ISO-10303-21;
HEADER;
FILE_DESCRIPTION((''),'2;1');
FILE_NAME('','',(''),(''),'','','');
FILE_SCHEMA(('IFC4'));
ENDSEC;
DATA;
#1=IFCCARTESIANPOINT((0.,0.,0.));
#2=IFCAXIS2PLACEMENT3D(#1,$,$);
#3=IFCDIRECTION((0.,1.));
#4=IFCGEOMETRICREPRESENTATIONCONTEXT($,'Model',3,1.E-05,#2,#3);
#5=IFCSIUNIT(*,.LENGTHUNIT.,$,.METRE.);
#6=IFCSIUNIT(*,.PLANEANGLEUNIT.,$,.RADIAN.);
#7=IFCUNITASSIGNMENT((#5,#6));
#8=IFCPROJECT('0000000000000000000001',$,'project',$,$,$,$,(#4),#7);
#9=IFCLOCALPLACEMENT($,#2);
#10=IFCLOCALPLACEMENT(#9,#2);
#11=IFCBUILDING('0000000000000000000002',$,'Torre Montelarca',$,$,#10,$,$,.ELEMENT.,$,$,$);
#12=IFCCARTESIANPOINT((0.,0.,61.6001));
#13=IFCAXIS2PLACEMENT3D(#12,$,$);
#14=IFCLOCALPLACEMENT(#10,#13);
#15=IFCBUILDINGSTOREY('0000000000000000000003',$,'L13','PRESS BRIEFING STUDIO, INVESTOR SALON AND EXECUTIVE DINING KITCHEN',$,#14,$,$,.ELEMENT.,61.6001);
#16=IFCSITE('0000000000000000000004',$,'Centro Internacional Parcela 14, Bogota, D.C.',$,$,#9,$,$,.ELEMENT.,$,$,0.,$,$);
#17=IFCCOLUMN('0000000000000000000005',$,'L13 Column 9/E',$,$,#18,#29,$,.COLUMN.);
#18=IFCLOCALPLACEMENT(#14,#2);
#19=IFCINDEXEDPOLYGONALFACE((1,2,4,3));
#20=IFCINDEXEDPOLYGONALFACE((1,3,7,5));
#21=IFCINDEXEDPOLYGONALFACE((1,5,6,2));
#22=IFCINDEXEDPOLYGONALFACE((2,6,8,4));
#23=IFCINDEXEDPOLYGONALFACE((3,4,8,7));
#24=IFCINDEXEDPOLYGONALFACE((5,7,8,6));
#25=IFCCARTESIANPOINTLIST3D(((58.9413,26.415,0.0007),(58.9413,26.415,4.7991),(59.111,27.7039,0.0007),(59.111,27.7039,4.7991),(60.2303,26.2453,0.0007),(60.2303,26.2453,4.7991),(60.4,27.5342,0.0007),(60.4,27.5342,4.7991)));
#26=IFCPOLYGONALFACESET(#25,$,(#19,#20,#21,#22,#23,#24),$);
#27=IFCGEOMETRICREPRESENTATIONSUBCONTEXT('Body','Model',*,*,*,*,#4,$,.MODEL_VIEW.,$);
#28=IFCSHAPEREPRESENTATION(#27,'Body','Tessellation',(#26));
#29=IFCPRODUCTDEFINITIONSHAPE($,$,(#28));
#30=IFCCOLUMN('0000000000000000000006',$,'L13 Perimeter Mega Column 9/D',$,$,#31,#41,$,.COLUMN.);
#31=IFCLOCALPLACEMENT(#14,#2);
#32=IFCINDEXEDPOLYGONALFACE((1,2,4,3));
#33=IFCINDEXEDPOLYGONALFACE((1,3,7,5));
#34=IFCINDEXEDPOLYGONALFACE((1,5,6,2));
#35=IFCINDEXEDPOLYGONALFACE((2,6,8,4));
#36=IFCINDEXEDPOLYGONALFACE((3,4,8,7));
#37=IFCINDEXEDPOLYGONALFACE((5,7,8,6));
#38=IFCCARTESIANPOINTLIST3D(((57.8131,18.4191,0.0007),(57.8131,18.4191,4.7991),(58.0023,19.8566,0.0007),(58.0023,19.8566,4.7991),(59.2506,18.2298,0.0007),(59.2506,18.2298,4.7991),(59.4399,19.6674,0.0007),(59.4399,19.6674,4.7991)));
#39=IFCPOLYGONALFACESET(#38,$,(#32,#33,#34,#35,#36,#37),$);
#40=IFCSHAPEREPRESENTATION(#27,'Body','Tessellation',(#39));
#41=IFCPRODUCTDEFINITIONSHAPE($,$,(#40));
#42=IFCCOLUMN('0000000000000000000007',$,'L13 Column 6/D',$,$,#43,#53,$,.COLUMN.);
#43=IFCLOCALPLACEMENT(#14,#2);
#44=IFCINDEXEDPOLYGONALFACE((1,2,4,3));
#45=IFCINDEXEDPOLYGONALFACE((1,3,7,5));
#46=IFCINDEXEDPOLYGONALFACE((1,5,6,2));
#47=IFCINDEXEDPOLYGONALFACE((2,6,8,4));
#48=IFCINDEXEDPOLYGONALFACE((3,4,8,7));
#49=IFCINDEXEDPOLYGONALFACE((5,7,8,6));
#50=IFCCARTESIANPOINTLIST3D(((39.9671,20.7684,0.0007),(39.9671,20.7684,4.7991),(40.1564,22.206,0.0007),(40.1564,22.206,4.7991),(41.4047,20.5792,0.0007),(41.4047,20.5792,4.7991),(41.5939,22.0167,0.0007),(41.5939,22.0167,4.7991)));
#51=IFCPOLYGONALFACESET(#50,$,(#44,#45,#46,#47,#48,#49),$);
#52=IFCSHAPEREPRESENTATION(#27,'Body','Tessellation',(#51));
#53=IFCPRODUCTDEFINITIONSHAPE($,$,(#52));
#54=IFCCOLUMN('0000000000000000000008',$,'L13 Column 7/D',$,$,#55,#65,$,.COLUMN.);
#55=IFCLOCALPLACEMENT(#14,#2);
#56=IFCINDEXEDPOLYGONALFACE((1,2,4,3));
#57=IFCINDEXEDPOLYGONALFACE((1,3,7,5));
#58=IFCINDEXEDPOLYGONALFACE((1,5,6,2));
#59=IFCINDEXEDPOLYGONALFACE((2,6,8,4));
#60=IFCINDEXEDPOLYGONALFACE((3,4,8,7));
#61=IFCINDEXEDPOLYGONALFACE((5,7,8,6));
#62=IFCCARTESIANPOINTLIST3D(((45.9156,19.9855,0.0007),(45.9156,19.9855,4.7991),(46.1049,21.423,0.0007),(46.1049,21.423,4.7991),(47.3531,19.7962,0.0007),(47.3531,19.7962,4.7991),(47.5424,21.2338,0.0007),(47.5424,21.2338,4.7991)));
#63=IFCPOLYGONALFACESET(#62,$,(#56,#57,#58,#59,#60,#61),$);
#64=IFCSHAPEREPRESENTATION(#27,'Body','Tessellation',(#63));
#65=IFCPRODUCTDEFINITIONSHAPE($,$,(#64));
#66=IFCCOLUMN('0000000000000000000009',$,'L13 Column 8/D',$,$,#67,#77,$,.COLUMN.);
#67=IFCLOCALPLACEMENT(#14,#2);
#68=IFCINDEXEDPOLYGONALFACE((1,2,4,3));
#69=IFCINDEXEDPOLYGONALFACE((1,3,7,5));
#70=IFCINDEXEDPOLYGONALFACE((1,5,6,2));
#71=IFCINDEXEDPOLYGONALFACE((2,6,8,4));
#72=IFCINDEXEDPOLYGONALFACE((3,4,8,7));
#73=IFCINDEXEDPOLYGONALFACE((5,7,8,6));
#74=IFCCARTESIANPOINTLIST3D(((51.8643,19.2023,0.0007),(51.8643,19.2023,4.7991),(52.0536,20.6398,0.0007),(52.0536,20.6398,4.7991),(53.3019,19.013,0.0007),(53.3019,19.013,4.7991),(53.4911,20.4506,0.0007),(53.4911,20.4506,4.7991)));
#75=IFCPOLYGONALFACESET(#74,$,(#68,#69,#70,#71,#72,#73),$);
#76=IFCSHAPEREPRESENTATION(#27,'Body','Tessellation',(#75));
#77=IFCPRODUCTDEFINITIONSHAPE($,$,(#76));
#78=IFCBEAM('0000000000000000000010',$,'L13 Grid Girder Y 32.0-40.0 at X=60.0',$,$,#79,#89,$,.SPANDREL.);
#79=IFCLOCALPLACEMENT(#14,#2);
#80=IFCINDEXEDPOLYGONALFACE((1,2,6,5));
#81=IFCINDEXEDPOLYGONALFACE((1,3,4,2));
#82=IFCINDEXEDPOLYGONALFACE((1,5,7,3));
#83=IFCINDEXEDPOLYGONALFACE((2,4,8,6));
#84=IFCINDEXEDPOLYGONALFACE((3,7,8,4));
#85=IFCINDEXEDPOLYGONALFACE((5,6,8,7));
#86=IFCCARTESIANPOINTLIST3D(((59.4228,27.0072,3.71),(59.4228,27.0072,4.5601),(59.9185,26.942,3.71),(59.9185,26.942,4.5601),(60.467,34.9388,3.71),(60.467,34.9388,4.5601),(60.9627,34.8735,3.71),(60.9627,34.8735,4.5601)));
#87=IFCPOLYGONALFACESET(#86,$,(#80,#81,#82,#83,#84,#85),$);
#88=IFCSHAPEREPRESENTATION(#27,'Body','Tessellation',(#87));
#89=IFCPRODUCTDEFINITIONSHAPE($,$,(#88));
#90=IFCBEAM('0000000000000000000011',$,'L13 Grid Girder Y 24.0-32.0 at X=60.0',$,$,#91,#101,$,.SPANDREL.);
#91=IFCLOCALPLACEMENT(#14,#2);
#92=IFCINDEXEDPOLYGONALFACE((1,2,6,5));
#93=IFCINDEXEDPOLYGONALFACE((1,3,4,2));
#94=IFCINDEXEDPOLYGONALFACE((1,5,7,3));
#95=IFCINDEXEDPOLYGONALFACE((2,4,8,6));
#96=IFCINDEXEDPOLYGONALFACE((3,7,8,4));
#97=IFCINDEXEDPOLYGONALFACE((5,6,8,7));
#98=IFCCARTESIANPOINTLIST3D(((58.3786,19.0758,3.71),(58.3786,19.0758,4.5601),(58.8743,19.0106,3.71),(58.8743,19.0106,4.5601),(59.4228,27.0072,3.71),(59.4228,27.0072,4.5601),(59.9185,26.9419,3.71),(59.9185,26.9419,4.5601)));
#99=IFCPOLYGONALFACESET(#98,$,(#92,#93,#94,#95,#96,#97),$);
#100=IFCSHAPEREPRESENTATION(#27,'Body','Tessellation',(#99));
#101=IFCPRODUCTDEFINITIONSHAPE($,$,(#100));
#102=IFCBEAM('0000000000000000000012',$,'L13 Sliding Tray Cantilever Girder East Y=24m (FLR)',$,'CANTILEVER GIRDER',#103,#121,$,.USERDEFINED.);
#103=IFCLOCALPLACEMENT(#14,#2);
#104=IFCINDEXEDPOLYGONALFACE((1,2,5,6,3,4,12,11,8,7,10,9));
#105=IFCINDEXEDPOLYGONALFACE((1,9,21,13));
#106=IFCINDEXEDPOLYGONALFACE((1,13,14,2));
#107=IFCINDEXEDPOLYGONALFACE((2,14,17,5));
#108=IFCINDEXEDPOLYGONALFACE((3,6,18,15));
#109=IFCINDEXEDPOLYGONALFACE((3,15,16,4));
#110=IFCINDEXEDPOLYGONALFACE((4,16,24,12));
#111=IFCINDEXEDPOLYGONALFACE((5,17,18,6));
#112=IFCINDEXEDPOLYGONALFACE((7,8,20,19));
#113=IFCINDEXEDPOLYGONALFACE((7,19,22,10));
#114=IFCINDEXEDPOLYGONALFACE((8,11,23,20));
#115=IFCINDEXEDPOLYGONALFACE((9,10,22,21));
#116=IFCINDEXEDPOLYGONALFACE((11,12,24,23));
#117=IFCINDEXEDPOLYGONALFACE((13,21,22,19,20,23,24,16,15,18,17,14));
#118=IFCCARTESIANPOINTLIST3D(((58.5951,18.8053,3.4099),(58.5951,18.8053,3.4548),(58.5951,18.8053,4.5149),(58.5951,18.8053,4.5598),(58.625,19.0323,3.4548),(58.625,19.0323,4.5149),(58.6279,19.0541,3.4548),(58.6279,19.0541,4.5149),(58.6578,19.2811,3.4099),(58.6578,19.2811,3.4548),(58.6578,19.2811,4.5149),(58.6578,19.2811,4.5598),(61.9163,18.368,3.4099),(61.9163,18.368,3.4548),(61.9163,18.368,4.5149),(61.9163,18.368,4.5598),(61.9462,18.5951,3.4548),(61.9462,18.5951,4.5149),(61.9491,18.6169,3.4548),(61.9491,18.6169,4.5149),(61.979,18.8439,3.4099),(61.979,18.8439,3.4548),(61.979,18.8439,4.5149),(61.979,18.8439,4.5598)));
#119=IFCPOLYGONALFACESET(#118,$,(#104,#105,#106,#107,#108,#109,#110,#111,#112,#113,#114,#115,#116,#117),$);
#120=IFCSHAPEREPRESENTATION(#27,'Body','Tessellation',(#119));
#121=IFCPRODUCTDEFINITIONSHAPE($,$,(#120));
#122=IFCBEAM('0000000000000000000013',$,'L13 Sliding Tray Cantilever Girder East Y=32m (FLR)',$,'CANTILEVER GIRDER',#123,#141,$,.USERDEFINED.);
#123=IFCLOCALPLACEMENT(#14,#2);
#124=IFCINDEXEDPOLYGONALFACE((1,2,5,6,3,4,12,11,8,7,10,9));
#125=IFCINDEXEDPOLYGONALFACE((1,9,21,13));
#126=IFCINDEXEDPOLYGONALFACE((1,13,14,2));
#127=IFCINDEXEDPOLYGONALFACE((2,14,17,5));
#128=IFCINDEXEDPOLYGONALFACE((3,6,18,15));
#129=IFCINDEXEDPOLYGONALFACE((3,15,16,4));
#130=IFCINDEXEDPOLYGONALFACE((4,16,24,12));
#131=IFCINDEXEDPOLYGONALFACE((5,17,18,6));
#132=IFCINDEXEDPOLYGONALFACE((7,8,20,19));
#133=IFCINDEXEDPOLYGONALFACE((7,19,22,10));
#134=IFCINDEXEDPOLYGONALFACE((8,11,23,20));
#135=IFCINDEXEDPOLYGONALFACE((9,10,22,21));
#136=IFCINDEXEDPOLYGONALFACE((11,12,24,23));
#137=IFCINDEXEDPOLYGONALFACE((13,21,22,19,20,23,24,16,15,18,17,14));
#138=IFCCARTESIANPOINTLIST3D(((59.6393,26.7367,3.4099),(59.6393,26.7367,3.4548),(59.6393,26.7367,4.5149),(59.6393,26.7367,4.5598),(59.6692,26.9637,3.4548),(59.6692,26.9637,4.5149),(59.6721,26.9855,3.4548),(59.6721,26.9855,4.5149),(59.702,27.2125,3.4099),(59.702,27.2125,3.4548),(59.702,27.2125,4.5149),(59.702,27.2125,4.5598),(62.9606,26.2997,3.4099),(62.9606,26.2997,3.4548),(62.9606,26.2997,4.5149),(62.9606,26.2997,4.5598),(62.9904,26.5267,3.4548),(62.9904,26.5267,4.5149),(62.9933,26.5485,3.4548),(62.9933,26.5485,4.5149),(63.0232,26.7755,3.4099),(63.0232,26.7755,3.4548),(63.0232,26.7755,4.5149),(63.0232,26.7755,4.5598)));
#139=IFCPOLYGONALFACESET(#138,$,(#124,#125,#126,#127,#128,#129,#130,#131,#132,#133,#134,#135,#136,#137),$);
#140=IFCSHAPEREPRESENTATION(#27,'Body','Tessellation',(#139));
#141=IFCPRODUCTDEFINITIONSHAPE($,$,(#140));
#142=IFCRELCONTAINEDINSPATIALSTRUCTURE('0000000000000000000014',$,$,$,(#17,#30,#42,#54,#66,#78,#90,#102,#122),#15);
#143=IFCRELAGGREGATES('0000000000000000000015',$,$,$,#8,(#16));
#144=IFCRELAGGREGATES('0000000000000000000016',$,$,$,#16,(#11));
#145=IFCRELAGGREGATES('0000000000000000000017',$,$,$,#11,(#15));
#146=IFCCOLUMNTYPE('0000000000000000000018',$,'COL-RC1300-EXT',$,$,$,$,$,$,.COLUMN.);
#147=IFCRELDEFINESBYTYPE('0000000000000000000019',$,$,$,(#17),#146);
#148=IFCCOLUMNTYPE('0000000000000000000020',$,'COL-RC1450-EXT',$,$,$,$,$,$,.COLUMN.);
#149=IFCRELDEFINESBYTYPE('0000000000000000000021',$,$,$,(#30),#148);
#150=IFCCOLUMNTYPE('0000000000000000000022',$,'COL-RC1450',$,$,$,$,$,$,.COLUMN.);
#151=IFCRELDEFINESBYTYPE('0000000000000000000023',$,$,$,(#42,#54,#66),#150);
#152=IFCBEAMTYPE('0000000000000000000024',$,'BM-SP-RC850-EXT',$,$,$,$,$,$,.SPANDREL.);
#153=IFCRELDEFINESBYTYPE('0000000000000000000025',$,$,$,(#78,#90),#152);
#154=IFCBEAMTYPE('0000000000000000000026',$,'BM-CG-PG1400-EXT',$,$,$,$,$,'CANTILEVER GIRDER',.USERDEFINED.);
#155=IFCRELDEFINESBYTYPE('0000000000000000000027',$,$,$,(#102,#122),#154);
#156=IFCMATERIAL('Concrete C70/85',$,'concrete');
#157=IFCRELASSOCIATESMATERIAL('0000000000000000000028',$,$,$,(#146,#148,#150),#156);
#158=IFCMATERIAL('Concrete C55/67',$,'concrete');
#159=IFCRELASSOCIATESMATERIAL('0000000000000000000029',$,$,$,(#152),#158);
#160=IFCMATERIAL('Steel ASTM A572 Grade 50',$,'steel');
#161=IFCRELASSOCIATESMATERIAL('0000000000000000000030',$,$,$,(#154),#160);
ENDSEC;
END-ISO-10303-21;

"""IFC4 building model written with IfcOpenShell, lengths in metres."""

from ifc_helpers import new_model, si_unit, direction, frame, origin, origin_2d, place, context, subcontext, project, spatial, rectangle, i_section, extrude, source, transform, mapped, material, material_profile, profile_set, type_object, element, save


model = new_model("IFC4")

# Units and contexts
model_context = context("Model", 3, precision=1e-05, world=origin(), true_north=direction((0.0, 1.0)))
body_context = subcontext(model_context, "Body", "Model", "MODEL_VIEW")
ifc_project = project(units=[si_unit("LENGTHUNIT", "METRE"), si_unit("PLANEANGLEUNIT", "RADIAN")], contexts=[model_context])

# Site, building, storey
site_placement = place(None, origin())
site = spatial("IfcSite", under=ifc_project, at=site_placement, Name="Centro Internacional Parcela 14, Bogota, D.C.", CompositionType="ELEMENT", RefElevation=0.0)
building_placement = place(site_placement, origin())
building = spatial("IfcBuilding", under=site, at=building_placement, Name="Torre Montelarca", CompositionType="ELEMENT")
storey_placement = place(building_placement, frame((0.0, 0.0, 61.6001)))
storey = spatial("IfcBuildingStorey", under=building, at=storey_placement, Name="L13", Description="PRESS BRIEFING STUDIO, INVESTOR SALON AND EXECUTIVE DINING KITCHEN", CompositionType="ELEMENT", Elevation=61.6001)

# Columns
ifc_material_1 = material(Name="Concrete C70/85", Category="concrete")
ifc_material_profile_1 = material_profile(ifc_material_1, rectangle(XDim=1.3, YDim=1.3, at=origin_2d()), Name="RC1300X1300", Category="concrete")
ifc_profile_set_1 = profile_set([ifc_material_profile_1], Name="Concrete C70/85")
column_type_1 = type_object("IfcColumnType", Name="COL-RC1300-EXT", PredefinedType="COLUMN", material=ifc_profile_set_1)
shared_shape_1 = source(origin(), body_context, "Body", "SweptSolid", [
    extrude(rectangle(XDim=1.3, YDim=1.3, at=origin_2d()), origin(), (0.0, 0.0, 1.0), 4.7983),
])
column_1_placement = place(storey_placement, frame((59.6707, 26.9746, 0.0007), z_axis=(0.0, 0.0, 1.0), x_axis=(-0.991445, 0.130526, 0.0)))
element("IfcColumn", 1, at=column_1_placement, inside=storey, type_object=column_type_1, Name="L13 Column 9/E", PredefinedType="COLUMN", context=body_context, shape_type="MappedRepresentation", body=[
    mapped(shared_shape_1, transform((0.0, 0.0, 0.0), scale=1.0)),
])
ifc_material_profile_2 = material_profile(ifc_material_1, rectangle(XDim=1.45, YDim=1.45, at=origin_2d()), Name="RC1450X1450", Category="concrete")
ifc_profile_set_2 = profile_set([ifc_material_profile_2], Name="Concrete C70/85")
column_type_2 = type_object("IfcColumnType", Name="COL-RC1450-EXT", PredefinedType="COLUMN", material=ifc_profile_set_2)
shared_shape_2 = source(origin(), body_context, "Body", "SweptSolid", [
    extrude(rectangle(XDim=1.45, YDim=1.45, at=origin_2d()), origin(), (0.0, 0.0, 1.0), 4.7983),
])
column_2_placement = place(storey_placement, frame((58.6265, 19.0432, 0.0007), z_axis=(0.0, 0.0, 1.0), x_axis=(-0.991445, 0.130526, 0.0)))
element("IfcColumn", 2, at=column_2_placement, inside=storey, type_object=column_type_2, Name="L13 Perimeter Mega Column 9/D", PredefinedType="COLUMN", context=body_context, shape_type="MappedRepresentation", body=[
    mapped(shared_shape_2, transform((0.0, 0.0, 0.0), scale=1.0)),
])
ifc_material_profile_3 = material_profile(ifc_material_1, rectangle(XDim=1.45, YDim=1.45, at=origin_2d()), Name="RC1450X1450", Category="concrete")
ifc_profile_set_3 = profile_set([ifc_material_profile_3], Name="Concrete C70/85")
column_type_3 = type_object("IfcColumnType", Name="COL-RC1450", PredefinedType="COLUMN", material=ifc_profile_set_3)
shared_shape_3 = source(origin(), body_context, "Body", "SweptSolid", [
    extrude(rectangle(XDim=1.45, YDim=1.45, at=origin_2d()), origin(), (0.0, 0.0, 1.0), 4.7983),
])
for number, where, z_axis, x_axis, name in (
    (3, (40.7805, 21.3926, 0.0007), (0.0, 0.0, 1.0), (-0.991445, 0.130526, 0.0), "L13 Column 6/D"),
    (4, (46.729, 20.6096, 0.0007), (0.0, 0.0, 1.0), (-0.991445, 0.130526, 0.0), "L13 Column 7/D"),
    (5, (52.6777, 19.8264, 0.0007), (0.0, 0.0, 1.0), (-0.991445, 0.130526, 0.0), "L13 Column 8/D"),
):
    element("IfcColumn", number, at=place(storey_placement, frame(where, z_axis=z_axis, x_axis=x_axis)), inside=storey, type_object=column_type_3, Name=name, PredefinedType="COLUMN", context=body_context, shape_type="MappedRepresentation", body=[
        mapped(shared_shape_3, transform((0.0, 0.0, 0.0), scale=1.0)),
    ])

# Beams
ifc_material_2 = material(Name="Concrete C55/67", Category="concrete")
ifc_material_profile_4 = material_profile(ifc_material_2, rectangle(XDim=0.5, YDim=0.8501, at=origin_2d()), Name="RCB500X850", Category="concrete")
ifc_profile_set_4 = profile_set([ifc_material_profile_4], Name="Concrete C55/67")
beam_type_1 = type_object("IfcBeamType", Name="BM-SP-RC850-EXT", PredefinedType="SPANDREL", material=ifc_profile_set_4)
shared_shape_4 = source(origin(), body_context, "Body", "SweptSolid", [
    extrude(rectangle(XDim=0.5, YDim=0.8501, at=origin_2d()), origin(), (0.0, 0.0, 1.0), 8.0),
])
beam_1_placement = place(storey_placement, frame((59.6707, 26.9746, 4.135), z_axis=(0.130522, 0.991445, 0.0), x_axis=(-0.991445, 0.130522, 0.0)))
element("IfcBeam", 6, at=beam_1_placement, inside=storey, type_object=beam_type_1, Name="L13 Grid Girder Y 32.0-40.0 at X=60.0", PredefinedType="SPANDREL", context=body_context, shape_type="MappedRepresentation", body=[
    mapped(shared_shape_4, transform((0.0, 0.0, 0.0), scale=1.0)),
])
shared_shape_5 = source(origin(), body_context, "Body", "SweptSolid", [
    extrude(rectangle(XDim=0.5, YDim=0.8501, at=origin_2d()), origin(), (0.0, 0.0, 1.0), 7.9998),
])
beam_2_placement = place(storey_placement, frame((58.6265, 19.0432, 4.135), z_axis=(0.130526, 0.991445, 0.0), x_axis=(-0.991445, 0.130526, 0.0)))
element("IfcBeam", 7, at=beam_2_placement, inside=storey, type_object=beam_type_1, Name="L13 Grid Girder Y 24.0-32.0 at X=60.0", PredefinedType="SPANDREL", context=body_context, shape_type="MappedRepresentation", body=[
    mapped(shared_shape_5, transform((0.0, 0.0, 0.0), scale=1.0)),
])
ifc_material_3 = material(Name="Steel ASTM A572 Grade 50", Category="steel")
ifc_material_profile_5 = material_profile(ifc_material_3, i_section(OverallWidth=0.48, OverallDepth=1.1499, WebThickness=0.022, FlangeThickness=0.0449, at=origin_2d()), Name="PG1150X480X22X45", Category="steel")
ifc_profile_set_5 = profile_set([ifc_material_profile_5], Name="Steel ASTM A572 Grade 50")
beam_type_2 = type_object("IfcBeamType", Name="BM-CG-PG1400-EXT", ElementType="CANTILEVER GIRDER", PredefinedType="USERDEFINED", material=ifc_profile_set_5)
shared_shape_6 = source(origin(), body_context, "Body", "SweptSolid", [
    extrude(i_section(OverallWidth=0.48, OverallDepth=1.1499, WebThickness=0.022, FlangeThickness=0.0449, at=origin_2d()), origin(), (0.0, 0.0, 1.0), 3.3499),
])
for number, where, z_axis, x_axis, name in (
    (8, (58.6265, 19.0432, 3.9849), (0.991445, -0.130526, 0.0), (0.130526, 0.991445, 0.0), "L13 Sliding Tray Cantilever Girder East Y=24m (FLR)"),
    (9, (59.6707, 26.9746, 3.9849), (0.991454, -0.130455, 0.0), (0.130455, 0.991454, 0.0), "L13 Sliding Tray Cantilever Girder East Y=32m (FLR)"),
):
    element("IfcBeam", number, at=place(storey_placement, frame(where, z_axis=z_axis, x_axis=x_axis)), inside=storey, type_object=beam_type_2, Name=name, ObjectType="CANTILEVER GIRDER", PredefinedType="USERDEFINED", context=body_context, shape_type="MappedRepresentation", body=[
        mapped(shared_shape_6, transform((0.0, 0.0, 0.0), scale=1.0)),
    ])

save(model, "model.ifc")
